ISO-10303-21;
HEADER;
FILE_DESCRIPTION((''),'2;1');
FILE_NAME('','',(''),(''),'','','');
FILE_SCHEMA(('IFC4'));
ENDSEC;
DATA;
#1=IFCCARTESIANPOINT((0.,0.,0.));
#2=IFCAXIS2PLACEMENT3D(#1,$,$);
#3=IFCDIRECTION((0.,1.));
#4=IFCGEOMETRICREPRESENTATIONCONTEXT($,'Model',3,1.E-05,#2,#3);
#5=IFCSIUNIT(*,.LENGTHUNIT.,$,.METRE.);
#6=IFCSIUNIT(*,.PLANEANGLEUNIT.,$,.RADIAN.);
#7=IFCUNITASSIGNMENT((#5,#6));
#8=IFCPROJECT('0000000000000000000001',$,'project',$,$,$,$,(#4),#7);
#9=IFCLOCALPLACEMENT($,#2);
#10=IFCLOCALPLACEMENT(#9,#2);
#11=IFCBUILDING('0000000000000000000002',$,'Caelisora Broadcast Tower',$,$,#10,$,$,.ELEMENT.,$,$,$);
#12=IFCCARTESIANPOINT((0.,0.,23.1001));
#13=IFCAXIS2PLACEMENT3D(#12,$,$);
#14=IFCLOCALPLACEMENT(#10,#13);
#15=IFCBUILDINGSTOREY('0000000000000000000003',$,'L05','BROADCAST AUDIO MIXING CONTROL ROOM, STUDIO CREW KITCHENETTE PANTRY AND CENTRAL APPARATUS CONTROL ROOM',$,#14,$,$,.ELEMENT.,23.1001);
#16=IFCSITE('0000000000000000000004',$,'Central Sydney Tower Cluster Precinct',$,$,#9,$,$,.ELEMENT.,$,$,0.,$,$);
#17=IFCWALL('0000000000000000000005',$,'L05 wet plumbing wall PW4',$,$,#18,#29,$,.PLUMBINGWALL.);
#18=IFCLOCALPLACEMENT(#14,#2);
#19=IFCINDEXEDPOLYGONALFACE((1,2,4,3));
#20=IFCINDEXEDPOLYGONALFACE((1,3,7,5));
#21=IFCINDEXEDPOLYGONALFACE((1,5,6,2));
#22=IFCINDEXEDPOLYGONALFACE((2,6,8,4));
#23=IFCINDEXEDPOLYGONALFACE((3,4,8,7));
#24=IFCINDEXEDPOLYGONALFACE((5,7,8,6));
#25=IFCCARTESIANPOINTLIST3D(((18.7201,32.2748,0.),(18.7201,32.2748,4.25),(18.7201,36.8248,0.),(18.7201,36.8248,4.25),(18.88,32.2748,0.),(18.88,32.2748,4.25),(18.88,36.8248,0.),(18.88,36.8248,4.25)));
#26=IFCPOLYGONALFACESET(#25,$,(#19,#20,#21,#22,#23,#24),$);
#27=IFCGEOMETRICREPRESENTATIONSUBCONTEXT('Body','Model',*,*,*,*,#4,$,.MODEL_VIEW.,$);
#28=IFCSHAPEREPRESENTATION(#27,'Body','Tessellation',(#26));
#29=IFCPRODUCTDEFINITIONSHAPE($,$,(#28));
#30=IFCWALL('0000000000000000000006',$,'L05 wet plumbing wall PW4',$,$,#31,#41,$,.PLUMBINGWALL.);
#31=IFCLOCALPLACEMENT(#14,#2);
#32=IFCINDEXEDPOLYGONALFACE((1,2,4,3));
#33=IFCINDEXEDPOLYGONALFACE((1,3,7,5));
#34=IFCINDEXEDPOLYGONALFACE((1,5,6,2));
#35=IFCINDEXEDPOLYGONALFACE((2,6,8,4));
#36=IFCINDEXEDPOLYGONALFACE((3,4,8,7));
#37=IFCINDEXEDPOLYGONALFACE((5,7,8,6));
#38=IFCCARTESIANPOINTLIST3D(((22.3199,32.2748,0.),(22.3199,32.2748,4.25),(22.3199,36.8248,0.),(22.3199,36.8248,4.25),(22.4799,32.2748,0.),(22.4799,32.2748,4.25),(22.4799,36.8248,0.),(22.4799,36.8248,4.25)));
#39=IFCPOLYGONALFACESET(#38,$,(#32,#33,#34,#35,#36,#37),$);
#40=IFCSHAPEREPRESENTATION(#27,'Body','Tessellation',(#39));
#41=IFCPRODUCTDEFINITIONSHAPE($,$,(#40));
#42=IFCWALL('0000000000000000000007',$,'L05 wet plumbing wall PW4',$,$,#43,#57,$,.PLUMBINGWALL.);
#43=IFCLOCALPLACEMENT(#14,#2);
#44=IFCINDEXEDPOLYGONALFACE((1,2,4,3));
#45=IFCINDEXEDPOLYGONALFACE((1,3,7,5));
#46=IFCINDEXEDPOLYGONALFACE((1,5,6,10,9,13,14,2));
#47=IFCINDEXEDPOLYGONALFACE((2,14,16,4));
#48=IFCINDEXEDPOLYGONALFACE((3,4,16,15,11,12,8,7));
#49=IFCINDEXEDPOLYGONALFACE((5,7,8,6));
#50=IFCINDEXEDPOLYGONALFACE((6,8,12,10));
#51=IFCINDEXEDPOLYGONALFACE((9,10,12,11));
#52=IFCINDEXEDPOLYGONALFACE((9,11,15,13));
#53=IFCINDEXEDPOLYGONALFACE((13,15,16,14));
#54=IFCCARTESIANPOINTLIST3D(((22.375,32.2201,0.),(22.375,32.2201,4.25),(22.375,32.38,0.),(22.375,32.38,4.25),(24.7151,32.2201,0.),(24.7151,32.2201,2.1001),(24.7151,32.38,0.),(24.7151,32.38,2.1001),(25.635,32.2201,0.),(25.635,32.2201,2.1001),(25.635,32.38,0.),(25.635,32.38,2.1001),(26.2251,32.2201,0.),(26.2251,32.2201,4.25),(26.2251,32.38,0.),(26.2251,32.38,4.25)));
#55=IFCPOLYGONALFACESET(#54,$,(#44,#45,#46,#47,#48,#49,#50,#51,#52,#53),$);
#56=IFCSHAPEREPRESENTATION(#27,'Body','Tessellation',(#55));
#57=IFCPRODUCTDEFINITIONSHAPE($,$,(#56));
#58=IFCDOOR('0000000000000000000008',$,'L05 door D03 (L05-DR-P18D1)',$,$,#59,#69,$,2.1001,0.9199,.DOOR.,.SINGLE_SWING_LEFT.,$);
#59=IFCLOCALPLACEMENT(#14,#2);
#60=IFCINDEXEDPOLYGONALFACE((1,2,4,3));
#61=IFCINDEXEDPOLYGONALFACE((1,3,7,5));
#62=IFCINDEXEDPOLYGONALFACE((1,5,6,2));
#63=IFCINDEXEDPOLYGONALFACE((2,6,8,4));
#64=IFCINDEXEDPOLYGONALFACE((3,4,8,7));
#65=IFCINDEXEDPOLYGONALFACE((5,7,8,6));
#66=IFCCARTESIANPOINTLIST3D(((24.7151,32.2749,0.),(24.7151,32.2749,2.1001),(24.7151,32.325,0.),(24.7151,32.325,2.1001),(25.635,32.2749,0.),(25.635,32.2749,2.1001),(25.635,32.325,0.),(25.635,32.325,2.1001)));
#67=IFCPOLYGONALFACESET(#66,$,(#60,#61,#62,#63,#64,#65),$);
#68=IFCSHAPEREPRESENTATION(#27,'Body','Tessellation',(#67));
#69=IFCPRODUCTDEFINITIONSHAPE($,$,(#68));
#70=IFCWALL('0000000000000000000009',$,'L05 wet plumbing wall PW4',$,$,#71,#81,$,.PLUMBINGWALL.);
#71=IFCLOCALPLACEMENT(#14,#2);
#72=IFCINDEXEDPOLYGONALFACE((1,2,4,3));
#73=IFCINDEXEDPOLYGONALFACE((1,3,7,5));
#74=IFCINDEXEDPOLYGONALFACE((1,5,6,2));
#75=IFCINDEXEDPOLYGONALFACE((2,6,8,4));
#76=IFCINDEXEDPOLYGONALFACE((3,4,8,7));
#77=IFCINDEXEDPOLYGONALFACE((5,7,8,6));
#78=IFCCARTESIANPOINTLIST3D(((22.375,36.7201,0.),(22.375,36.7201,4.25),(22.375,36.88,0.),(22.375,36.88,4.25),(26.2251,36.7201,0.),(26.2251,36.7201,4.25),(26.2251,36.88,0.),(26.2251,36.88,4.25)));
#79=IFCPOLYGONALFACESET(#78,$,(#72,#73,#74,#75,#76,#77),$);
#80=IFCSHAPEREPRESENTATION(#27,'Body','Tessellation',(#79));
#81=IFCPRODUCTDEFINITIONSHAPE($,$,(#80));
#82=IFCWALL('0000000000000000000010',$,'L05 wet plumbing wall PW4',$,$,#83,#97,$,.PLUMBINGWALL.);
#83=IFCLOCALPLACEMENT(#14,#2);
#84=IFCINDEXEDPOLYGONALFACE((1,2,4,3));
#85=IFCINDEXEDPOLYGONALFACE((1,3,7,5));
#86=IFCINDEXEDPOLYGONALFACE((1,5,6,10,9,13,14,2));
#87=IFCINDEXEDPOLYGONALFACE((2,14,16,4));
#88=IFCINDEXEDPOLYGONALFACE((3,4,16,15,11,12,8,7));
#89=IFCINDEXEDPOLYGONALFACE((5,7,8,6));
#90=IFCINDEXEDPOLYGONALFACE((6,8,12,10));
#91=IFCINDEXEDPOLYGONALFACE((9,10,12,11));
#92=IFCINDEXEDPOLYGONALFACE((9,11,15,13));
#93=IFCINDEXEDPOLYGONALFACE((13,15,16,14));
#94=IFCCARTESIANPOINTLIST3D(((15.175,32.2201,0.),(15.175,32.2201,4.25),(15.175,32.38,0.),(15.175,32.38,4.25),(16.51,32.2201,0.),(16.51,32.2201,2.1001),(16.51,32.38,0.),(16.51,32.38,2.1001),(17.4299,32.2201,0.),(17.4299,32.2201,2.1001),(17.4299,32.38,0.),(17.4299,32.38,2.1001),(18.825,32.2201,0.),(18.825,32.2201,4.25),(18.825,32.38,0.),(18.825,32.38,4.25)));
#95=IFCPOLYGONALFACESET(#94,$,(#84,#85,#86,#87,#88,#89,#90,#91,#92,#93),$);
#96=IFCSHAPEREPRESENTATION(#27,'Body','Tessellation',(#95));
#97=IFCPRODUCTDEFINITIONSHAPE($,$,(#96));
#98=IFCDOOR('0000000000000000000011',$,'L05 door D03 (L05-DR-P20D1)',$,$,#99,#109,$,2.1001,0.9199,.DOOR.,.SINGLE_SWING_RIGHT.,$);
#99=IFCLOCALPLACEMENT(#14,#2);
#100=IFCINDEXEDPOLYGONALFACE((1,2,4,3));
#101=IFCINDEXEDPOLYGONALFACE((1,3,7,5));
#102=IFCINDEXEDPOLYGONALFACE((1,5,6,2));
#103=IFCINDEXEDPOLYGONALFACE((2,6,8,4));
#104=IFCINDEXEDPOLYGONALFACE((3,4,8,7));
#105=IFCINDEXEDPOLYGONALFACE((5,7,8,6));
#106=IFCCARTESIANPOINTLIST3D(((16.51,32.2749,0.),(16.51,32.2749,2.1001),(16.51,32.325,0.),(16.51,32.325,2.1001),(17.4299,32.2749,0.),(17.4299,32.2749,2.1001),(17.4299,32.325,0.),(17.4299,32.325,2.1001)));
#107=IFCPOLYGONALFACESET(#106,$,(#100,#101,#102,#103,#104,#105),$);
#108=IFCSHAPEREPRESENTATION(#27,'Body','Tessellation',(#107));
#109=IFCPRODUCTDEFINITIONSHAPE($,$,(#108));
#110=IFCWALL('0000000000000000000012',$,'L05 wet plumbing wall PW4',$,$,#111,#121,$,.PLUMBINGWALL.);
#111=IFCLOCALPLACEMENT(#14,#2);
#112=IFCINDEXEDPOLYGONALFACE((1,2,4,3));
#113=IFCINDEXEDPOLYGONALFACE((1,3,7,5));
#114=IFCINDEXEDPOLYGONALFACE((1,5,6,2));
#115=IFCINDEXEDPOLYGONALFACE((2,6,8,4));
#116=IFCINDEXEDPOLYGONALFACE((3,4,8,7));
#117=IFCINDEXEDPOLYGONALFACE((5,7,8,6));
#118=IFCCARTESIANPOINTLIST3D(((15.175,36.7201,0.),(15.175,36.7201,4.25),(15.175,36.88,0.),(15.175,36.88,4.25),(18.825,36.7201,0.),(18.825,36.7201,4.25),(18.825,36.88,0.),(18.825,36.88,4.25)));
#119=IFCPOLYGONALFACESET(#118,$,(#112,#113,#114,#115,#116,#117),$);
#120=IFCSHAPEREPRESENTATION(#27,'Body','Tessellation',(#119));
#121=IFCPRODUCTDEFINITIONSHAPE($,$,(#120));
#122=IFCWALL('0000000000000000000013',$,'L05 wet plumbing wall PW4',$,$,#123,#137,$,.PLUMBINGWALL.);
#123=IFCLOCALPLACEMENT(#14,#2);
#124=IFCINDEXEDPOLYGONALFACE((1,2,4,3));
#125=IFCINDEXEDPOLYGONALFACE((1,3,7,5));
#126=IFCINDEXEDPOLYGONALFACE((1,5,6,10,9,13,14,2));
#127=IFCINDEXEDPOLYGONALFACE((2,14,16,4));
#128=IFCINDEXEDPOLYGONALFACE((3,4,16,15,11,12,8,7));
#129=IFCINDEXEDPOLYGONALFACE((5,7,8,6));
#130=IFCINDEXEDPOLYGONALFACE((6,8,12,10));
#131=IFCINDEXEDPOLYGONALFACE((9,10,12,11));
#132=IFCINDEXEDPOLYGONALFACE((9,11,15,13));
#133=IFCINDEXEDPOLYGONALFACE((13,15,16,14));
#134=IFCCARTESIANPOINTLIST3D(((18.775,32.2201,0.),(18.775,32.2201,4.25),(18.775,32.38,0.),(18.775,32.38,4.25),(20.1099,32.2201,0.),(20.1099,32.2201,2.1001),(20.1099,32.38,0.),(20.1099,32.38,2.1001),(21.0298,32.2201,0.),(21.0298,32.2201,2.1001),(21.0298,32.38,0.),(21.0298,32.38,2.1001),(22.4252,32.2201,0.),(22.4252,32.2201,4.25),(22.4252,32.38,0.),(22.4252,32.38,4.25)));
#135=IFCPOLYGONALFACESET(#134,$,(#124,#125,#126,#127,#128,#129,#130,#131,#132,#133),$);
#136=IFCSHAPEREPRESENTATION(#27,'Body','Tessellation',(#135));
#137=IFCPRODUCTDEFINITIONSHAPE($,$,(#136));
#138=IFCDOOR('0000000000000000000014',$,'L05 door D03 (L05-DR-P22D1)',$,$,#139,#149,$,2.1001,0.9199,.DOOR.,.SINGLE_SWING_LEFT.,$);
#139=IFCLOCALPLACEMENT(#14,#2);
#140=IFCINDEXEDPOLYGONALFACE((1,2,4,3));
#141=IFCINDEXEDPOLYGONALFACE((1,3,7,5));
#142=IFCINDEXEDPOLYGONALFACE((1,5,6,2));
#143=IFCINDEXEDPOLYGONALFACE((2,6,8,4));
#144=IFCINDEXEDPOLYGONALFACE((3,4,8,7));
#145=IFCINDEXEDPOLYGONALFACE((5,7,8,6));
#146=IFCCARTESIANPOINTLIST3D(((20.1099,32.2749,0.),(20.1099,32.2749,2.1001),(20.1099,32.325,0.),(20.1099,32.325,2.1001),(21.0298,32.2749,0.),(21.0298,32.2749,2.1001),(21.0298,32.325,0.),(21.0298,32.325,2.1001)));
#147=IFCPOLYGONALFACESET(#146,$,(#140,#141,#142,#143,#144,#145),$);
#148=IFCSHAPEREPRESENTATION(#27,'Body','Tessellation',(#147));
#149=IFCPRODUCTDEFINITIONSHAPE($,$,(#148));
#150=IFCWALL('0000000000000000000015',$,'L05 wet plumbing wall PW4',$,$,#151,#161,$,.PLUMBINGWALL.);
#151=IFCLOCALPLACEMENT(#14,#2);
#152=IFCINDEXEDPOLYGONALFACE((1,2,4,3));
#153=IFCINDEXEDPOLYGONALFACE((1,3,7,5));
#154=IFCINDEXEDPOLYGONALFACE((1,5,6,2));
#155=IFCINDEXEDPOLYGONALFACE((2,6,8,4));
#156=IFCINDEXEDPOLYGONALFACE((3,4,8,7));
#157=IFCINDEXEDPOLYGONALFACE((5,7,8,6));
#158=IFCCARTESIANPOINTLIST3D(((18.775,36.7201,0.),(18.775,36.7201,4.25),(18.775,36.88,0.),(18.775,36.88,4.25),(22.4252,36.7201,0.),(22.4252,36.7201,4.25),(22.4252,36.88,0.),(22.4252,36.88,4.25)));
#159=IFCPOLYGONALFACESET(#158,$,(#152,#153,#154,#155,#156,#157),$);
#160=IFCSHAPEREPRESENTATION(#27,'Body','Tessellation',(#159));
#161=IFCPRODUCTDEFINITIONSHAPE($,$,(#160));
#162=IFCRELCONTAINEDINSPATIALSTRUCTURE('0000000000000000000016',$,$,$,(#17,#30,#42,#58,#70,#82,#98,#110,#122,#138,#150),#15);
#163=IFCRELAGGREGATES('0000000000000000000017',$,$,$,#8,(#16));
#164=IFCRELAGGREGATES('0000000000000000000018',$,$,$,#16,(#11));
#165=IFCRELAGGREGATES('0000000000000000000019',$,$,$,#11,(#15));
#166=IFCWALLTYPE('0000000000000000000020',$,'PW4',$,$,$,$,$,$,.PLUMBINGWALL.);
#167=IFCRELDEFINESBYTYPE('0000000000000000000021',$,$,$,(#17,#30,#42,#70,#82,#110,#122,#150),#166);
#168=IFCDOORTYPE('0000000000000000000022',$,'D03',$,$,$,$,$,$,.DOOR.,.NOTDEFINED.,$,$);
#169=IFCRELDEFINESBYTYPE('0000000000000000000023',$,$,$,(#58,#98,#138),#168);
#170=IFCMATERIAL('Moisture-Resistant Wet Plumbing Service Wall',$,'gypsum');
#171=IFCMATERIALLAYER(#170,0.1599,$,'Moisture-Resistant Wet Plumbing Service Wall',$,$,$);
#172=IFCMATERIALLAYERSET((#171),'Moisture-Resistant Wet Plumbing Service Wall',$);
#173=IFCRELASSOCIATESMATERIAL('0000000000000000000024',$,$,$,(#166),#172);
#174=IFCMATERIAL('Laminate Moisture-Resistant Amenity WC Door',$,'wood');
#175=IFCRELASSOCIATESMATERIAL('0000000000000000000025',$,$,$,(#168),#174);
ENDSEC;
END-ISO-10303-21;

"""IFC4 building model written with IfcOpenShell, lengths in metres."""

from ifc_helpers import new_model, si_unit, direction, frame, frame_2d, origin, place, context, subcontext, project, spatial, rectangle, extrude, material, layer, layer_set, type_object, element, fill, save


model = new_model("IFC4")

# Units and contexts
model_context = context("Model", 3, precision=1e-05, world=origin(), true_north=direction((0.0, 1.0)))
body_context = subcontext(model_context, "Body", "Model", "MODEL_VIEW")
ifc_project = project(units=[si_unit("LENGTHUNIT", "METRE"), si_unit("PLANEANGLEUNIT", "RADIAN")], contexts=[model_context])

# Site, building, storey
site_placement = place(None, origin())
site = spatial("IfcSite", under=ifc_project, at=site_placement, Name="Central Sydney Tower Cluster Precinct", CompositionType="ELEMENT", RefElevation=0.0)
building_placement = place(site_placement, origin())
building = spatial("IfcBuilding", under=site, at=building_placement, Name="Caelisora Broadcast Tower", CompositionType="ELEMENT")
storey_placement = place(building_placement, frame((0.0, 0.0, 23.1001)))
storey = spatial("IfcBuildingStorey", under=building, at=storey_placement, Name="L05", Description="BROADCAST AUDIO MIXING CONTROL ROOM, STUDIO CREW KITCHENETTE PANTRY AND CENTRAL APPARATUS CONTROL ROOM", CompositionType="ELEMENT", Elevation=23.1001)

# Walls
ifc_material_1 = material(Name="Moisture-Resistant Wet Plumbing Service Wall", Category="gypsum")
ifc_layer_1 = layer(ifc_material_1, 0.1599, Name="Moisture-Resistant Wet Plumbing Service Wall")
ifc_layer_set_1 = layer_set([ifc_layer_1], Name="Moisture-Resistant Wet Plumbing Service Wall")
wall_type_1 = type_object("IfcWallType", Name="PW4", PredefinedType="PLUMBINGWALL", material=ifc_layer_set_1)
for number, where, z_axis, x_axis, name in (
    (1, (18.8, 32.2749, 0.0), (0.0, 0.0, 1.0), (0.0, 1.0, 0.0), "L05 wet plumbing wall PW4"),
    (2, (22.3999, 32.2749, 0.0), (0.0, 0.0, 1.0), (0.0, 1.0, 0.0), "L05 wet plumbing wall PW4"),
):
    element("IfcWall", number, at=place(storey_placement, frame(where, z_axis=z_axis, x_axis=x_axis)), inside=storey, type_object=wall_type_1, Name=name, PredefinedType="PLUMBINGWALL", context=body_context, shape_type="SweptSolid", body=[
        extrude(rectangle(XDim=4.55, YDim=0.1599, at=frame_2d((2.2749, 0.0))), origin(), (0.0, 0.0, 1.0), 4.25),
    ])

# Wall, opening, door
wall_1_placement = place(storey_placement, frame((22.375, 32.3, 0.0), z_axis=(0.0, 0.0, 1.0), x_axis=(1.0, 0.0, 0.0)))
wall_1 = element("IfcWall", 3, at=wall_1_placement, inside=storey, type_object=wall_type_1, Name="L05 wet plumbing wall PW4", PredefinedType="PLUMBINGWALL", context=body_context, shape_type="SweptSolid", body=[
    extrude(rectangle(XDim=3.8501, YDim=0.1599, at=frame_2d((1.925, 0.0))), origin(), (0.0, 0.0, 1.0), 4.25),
])
opening_1_placement = place(wall_1_placement, frame((2.3401, 0.0, 0.0)))
opening_1 = element("IfcOpeningElement", 4, at=opening_1_placement, cuts=wall_1, PredefinedType="OPENING", context=body_context, shape_type="SweptSolid", body=[
    extrude(rectangle(XDim=0.9199, YDim=2.1001, at=frame_2d((0.46, 1.05))), frame((0.0, 0.092, 0.0), z_axis=(0.0, -1.0, 0.0), x_axis=(1.0, 0.0, 0.0)), (0.0, 0.0, 1.0), 0.1838),
])
ifc_material_2 = material(Name="Laminate Moisture-Resistant Amenity WC Door", Category="wood")
door_type = type_object("IfcDoorType", Name="D03", OperationType="NOTDEFINED", PredefinedType="DOOR", material=ifc_material_2)
door_1_placement = place(opening_1_placement, origin())
door_1 = element("IfcDoor", 5, at=door_1_placement, inside=storey, type_object=door_type, Name="L05 door D03 (L05-DR-P18D1)", OperationType="SINGLE_SWING_LEFT", OverallHeight=2.1001, OverallWidth=0.9199, PredefinedType="DOOR", context=body_context, shape_type="SweptSolid", body=[
    extrude(rectangle(XDim=0.9199, YDim=2.1001, at=frame_2d((0.46, 1.05))), frame((0.0, 0.0249, 0.0), z_axis=(0.0, -1.0, 0.0), x_axis=(1.0, 0.0, 0.0)), (0.0, 0.0, 1.0), 0.05),
])
fill(opening_1, door_1)

# Wall
wall_2_placement = place(storey_placement, frame((22.375, 36.8, 0.0), z_axis=(0.0, 0.0, 1.0), x_axis=(1.0, 0.0, 0.0)))
element("IfcWall", 6, at=wall_2_placement, inside=storey, type_object=wall_type_1, Name="L05 wet plumbing wall PW4", PredefinedType="PLUMBINGWALL", context=body_context, shape_type="SweptSolid", body=[
    extrude(rectangle(XDim=3.8501, YDim=0.1599, at=frame_2d((1.925, 0.0))), origin(), (0.0, 0.0, 1.0), 4.25),
])

# Wall, opening, door
wall_3_placement = place(storey_placement, frame((15.175, 32.3, 0.0), z_axis=(0.0, 0.0, 1.0), x_axis=(1.0, 0.0, 0.0)))
wall_3 = element("IfcWall", 7, at=wall_3_placement, inside=storey, type_object=wall_type_1, Name="L05 wet plumbing wall PW4", PredefinedType="PLUMBINGWALL", context=body_context, shape_type="SweptSolid", body=[
    extrude(rectangle(XDim=3.6499, YDim=0.1599, at=frame_2d((1.825, 0.0))), origin(), (0.0, 0.0, 1.0), 4.25),
])
opening_2_placement = place(wall_3_placement, frame((1.335, 0.0, 0.0)))
opening_2 = element("IfcOpeningElement", 8, at=opening_2_placement, cuts=wall_3, PredefinedType="OPENING", context=body_context, shape_type="SweptSolid", body=[
    extrude(rectangle(XDim=0.9199, YDim=2.1001, at=frame_2d((0.46, 1.05))), frame((0.0, 0.092, 0.0), z_axis=(0.0, -1.0, 0.0), x_axis=(1.0, 0.0, 0.0)), (0.0, 0.0, 1.0), 0.1838),
])
door_2_placement = place(opening_2_placement, origin())
door_2 = element("IfcDoor", 9, at=door_2_placement, inside=storey, type_object=door_type, Name="L05 door D03 (L05-DR-P20D1)", OperationType="SINGLE_SWING_RIGHT", OverallHeight=2.1001, OverallWidth=0.9199, PredefinedType="DOOR", context=body_context, shape_type="SweptSolid", body=[
    extrude(rectangle(XDim=0.9199, YDim=2.1001, at=frame_2d((0.46, 1.05))), frame((0.0, 0.0249, 0.0), z_axis=(0.0, -1.0, 0.0), x_axis=(1.0, 0.0, 0.0)), (0.0, 0.0, 1.0), 0.05),
])
fill(opening_2, door_2)

# Wall
wall_4_placement = place(storey_placement, frame((15.175, 36.8, 0.0), z_axis=(0.0, 0.0, 1.0), x_axis=(1.0, 0.0, 0.0)))
element("IfcWall", 10, at=wall_4_placement, inside=storey, type_object=wall_type_1, Name="L05 wet plumbing wall PW4", PredefinedType="PLUMBINGWALL", context=body_context, shape_type="SweptSolid", body=[
    extrude(rectangle(XDim=3.6499, YDim=0.1599, at=frame_2d((1.825, 0.0))), origin(), (0.0, 0.0, 1.0), 4.25),
])

# Wall, opening, door
wall_5_placement = place(storey_placement, frame((18.7749, 32.3, 0.0), z_axis=(0.0, 0.0, 1.0), x_axis=(1.0, 0.0, 0.0)))
wall_5 = element("IfcWall", 11, at=wall_5_placement, inside=storey, type_object=wall_type_1, Name="L05 wet plumbing wall PW4", PredefinedType="PLUMBINGWALL", context=body_context, shape_type="SweptSolid", body=[
    extrude(rectangle(XDim=3.6501, YDim=0.1599, at=frame_2d((1.8252, 0.0))), origin(), (0.0, 0.0, 1.0), 4.25),
])
opening_3_placement = place(wall_5_placement, frame((1.335, 0.0, 0.0)))
opening_3 = element("IfcOpeningElement", 12, at=opening_3_placement, cuts=wall_5, PredefinedType="OPENING", context=body_context, shape_type="SweptSolid", body=[
    extrude(rectangle(XDim=0.9199, YDim=2.1001, at=frame_2d((0.46, 1.05))), frame((0.0, 0.092, 0.0), z_axis=(0.0, -1.0, 0.0), x_axis=(1.0, 0.0, 0.0)), (0.0, 0.0, 1.0), 0.1838),
])
door_3_placement = place(opening_3_placement, origin())
door_3 = element("IfcDoor", 13, at=door_3_placement, inside=storey, type_object=door_type, Name="L05 door D03 (L05-DR-P22D1)", OperationType="SINGLE_SWING_LEFT", OverallHeight=2.1001, OverallWidth=0.9199, PredefinedType="DOOR", context=body_context, shape_type="SweptSolid", body=[
    extrude(rectangle(XDim=0.9199, YDim=2.1001, at=frame_2d((0.46, 1.05))), frame((0.0, 0.0249, 0.0), z_axis=(0.0, -1.0, 0.0), x_axis=(1.0, 0.0, 0.0)), (0.0, 0.0, 1.0), 0.05),
])
fill(opening_3, door_3)

# Wall
wall_6_placement = place(storey_placement, frame((18.7749, 36.8, 0.0), z_axis=(0.0, 0.0, 1.0), x_axis=(1.0, 0.0, 0.0)))
element("IfcWall", 14, at=wall_6_placement, inside=storey, type_object=wall_type_1, Name="L05 wet plumbing wall PW4", PredefinedType="PLUMBINGWALL", context=body_context, shape_type="SweptSolid", body=[
    extrude(rectangle(XDim=3.6501, YDim=0.1599, at=frame_2d((1.8252, 0.0))), origin(), (0.0, 0.0, 1.0), 4.25),
])

save(model, "model.ifc")
